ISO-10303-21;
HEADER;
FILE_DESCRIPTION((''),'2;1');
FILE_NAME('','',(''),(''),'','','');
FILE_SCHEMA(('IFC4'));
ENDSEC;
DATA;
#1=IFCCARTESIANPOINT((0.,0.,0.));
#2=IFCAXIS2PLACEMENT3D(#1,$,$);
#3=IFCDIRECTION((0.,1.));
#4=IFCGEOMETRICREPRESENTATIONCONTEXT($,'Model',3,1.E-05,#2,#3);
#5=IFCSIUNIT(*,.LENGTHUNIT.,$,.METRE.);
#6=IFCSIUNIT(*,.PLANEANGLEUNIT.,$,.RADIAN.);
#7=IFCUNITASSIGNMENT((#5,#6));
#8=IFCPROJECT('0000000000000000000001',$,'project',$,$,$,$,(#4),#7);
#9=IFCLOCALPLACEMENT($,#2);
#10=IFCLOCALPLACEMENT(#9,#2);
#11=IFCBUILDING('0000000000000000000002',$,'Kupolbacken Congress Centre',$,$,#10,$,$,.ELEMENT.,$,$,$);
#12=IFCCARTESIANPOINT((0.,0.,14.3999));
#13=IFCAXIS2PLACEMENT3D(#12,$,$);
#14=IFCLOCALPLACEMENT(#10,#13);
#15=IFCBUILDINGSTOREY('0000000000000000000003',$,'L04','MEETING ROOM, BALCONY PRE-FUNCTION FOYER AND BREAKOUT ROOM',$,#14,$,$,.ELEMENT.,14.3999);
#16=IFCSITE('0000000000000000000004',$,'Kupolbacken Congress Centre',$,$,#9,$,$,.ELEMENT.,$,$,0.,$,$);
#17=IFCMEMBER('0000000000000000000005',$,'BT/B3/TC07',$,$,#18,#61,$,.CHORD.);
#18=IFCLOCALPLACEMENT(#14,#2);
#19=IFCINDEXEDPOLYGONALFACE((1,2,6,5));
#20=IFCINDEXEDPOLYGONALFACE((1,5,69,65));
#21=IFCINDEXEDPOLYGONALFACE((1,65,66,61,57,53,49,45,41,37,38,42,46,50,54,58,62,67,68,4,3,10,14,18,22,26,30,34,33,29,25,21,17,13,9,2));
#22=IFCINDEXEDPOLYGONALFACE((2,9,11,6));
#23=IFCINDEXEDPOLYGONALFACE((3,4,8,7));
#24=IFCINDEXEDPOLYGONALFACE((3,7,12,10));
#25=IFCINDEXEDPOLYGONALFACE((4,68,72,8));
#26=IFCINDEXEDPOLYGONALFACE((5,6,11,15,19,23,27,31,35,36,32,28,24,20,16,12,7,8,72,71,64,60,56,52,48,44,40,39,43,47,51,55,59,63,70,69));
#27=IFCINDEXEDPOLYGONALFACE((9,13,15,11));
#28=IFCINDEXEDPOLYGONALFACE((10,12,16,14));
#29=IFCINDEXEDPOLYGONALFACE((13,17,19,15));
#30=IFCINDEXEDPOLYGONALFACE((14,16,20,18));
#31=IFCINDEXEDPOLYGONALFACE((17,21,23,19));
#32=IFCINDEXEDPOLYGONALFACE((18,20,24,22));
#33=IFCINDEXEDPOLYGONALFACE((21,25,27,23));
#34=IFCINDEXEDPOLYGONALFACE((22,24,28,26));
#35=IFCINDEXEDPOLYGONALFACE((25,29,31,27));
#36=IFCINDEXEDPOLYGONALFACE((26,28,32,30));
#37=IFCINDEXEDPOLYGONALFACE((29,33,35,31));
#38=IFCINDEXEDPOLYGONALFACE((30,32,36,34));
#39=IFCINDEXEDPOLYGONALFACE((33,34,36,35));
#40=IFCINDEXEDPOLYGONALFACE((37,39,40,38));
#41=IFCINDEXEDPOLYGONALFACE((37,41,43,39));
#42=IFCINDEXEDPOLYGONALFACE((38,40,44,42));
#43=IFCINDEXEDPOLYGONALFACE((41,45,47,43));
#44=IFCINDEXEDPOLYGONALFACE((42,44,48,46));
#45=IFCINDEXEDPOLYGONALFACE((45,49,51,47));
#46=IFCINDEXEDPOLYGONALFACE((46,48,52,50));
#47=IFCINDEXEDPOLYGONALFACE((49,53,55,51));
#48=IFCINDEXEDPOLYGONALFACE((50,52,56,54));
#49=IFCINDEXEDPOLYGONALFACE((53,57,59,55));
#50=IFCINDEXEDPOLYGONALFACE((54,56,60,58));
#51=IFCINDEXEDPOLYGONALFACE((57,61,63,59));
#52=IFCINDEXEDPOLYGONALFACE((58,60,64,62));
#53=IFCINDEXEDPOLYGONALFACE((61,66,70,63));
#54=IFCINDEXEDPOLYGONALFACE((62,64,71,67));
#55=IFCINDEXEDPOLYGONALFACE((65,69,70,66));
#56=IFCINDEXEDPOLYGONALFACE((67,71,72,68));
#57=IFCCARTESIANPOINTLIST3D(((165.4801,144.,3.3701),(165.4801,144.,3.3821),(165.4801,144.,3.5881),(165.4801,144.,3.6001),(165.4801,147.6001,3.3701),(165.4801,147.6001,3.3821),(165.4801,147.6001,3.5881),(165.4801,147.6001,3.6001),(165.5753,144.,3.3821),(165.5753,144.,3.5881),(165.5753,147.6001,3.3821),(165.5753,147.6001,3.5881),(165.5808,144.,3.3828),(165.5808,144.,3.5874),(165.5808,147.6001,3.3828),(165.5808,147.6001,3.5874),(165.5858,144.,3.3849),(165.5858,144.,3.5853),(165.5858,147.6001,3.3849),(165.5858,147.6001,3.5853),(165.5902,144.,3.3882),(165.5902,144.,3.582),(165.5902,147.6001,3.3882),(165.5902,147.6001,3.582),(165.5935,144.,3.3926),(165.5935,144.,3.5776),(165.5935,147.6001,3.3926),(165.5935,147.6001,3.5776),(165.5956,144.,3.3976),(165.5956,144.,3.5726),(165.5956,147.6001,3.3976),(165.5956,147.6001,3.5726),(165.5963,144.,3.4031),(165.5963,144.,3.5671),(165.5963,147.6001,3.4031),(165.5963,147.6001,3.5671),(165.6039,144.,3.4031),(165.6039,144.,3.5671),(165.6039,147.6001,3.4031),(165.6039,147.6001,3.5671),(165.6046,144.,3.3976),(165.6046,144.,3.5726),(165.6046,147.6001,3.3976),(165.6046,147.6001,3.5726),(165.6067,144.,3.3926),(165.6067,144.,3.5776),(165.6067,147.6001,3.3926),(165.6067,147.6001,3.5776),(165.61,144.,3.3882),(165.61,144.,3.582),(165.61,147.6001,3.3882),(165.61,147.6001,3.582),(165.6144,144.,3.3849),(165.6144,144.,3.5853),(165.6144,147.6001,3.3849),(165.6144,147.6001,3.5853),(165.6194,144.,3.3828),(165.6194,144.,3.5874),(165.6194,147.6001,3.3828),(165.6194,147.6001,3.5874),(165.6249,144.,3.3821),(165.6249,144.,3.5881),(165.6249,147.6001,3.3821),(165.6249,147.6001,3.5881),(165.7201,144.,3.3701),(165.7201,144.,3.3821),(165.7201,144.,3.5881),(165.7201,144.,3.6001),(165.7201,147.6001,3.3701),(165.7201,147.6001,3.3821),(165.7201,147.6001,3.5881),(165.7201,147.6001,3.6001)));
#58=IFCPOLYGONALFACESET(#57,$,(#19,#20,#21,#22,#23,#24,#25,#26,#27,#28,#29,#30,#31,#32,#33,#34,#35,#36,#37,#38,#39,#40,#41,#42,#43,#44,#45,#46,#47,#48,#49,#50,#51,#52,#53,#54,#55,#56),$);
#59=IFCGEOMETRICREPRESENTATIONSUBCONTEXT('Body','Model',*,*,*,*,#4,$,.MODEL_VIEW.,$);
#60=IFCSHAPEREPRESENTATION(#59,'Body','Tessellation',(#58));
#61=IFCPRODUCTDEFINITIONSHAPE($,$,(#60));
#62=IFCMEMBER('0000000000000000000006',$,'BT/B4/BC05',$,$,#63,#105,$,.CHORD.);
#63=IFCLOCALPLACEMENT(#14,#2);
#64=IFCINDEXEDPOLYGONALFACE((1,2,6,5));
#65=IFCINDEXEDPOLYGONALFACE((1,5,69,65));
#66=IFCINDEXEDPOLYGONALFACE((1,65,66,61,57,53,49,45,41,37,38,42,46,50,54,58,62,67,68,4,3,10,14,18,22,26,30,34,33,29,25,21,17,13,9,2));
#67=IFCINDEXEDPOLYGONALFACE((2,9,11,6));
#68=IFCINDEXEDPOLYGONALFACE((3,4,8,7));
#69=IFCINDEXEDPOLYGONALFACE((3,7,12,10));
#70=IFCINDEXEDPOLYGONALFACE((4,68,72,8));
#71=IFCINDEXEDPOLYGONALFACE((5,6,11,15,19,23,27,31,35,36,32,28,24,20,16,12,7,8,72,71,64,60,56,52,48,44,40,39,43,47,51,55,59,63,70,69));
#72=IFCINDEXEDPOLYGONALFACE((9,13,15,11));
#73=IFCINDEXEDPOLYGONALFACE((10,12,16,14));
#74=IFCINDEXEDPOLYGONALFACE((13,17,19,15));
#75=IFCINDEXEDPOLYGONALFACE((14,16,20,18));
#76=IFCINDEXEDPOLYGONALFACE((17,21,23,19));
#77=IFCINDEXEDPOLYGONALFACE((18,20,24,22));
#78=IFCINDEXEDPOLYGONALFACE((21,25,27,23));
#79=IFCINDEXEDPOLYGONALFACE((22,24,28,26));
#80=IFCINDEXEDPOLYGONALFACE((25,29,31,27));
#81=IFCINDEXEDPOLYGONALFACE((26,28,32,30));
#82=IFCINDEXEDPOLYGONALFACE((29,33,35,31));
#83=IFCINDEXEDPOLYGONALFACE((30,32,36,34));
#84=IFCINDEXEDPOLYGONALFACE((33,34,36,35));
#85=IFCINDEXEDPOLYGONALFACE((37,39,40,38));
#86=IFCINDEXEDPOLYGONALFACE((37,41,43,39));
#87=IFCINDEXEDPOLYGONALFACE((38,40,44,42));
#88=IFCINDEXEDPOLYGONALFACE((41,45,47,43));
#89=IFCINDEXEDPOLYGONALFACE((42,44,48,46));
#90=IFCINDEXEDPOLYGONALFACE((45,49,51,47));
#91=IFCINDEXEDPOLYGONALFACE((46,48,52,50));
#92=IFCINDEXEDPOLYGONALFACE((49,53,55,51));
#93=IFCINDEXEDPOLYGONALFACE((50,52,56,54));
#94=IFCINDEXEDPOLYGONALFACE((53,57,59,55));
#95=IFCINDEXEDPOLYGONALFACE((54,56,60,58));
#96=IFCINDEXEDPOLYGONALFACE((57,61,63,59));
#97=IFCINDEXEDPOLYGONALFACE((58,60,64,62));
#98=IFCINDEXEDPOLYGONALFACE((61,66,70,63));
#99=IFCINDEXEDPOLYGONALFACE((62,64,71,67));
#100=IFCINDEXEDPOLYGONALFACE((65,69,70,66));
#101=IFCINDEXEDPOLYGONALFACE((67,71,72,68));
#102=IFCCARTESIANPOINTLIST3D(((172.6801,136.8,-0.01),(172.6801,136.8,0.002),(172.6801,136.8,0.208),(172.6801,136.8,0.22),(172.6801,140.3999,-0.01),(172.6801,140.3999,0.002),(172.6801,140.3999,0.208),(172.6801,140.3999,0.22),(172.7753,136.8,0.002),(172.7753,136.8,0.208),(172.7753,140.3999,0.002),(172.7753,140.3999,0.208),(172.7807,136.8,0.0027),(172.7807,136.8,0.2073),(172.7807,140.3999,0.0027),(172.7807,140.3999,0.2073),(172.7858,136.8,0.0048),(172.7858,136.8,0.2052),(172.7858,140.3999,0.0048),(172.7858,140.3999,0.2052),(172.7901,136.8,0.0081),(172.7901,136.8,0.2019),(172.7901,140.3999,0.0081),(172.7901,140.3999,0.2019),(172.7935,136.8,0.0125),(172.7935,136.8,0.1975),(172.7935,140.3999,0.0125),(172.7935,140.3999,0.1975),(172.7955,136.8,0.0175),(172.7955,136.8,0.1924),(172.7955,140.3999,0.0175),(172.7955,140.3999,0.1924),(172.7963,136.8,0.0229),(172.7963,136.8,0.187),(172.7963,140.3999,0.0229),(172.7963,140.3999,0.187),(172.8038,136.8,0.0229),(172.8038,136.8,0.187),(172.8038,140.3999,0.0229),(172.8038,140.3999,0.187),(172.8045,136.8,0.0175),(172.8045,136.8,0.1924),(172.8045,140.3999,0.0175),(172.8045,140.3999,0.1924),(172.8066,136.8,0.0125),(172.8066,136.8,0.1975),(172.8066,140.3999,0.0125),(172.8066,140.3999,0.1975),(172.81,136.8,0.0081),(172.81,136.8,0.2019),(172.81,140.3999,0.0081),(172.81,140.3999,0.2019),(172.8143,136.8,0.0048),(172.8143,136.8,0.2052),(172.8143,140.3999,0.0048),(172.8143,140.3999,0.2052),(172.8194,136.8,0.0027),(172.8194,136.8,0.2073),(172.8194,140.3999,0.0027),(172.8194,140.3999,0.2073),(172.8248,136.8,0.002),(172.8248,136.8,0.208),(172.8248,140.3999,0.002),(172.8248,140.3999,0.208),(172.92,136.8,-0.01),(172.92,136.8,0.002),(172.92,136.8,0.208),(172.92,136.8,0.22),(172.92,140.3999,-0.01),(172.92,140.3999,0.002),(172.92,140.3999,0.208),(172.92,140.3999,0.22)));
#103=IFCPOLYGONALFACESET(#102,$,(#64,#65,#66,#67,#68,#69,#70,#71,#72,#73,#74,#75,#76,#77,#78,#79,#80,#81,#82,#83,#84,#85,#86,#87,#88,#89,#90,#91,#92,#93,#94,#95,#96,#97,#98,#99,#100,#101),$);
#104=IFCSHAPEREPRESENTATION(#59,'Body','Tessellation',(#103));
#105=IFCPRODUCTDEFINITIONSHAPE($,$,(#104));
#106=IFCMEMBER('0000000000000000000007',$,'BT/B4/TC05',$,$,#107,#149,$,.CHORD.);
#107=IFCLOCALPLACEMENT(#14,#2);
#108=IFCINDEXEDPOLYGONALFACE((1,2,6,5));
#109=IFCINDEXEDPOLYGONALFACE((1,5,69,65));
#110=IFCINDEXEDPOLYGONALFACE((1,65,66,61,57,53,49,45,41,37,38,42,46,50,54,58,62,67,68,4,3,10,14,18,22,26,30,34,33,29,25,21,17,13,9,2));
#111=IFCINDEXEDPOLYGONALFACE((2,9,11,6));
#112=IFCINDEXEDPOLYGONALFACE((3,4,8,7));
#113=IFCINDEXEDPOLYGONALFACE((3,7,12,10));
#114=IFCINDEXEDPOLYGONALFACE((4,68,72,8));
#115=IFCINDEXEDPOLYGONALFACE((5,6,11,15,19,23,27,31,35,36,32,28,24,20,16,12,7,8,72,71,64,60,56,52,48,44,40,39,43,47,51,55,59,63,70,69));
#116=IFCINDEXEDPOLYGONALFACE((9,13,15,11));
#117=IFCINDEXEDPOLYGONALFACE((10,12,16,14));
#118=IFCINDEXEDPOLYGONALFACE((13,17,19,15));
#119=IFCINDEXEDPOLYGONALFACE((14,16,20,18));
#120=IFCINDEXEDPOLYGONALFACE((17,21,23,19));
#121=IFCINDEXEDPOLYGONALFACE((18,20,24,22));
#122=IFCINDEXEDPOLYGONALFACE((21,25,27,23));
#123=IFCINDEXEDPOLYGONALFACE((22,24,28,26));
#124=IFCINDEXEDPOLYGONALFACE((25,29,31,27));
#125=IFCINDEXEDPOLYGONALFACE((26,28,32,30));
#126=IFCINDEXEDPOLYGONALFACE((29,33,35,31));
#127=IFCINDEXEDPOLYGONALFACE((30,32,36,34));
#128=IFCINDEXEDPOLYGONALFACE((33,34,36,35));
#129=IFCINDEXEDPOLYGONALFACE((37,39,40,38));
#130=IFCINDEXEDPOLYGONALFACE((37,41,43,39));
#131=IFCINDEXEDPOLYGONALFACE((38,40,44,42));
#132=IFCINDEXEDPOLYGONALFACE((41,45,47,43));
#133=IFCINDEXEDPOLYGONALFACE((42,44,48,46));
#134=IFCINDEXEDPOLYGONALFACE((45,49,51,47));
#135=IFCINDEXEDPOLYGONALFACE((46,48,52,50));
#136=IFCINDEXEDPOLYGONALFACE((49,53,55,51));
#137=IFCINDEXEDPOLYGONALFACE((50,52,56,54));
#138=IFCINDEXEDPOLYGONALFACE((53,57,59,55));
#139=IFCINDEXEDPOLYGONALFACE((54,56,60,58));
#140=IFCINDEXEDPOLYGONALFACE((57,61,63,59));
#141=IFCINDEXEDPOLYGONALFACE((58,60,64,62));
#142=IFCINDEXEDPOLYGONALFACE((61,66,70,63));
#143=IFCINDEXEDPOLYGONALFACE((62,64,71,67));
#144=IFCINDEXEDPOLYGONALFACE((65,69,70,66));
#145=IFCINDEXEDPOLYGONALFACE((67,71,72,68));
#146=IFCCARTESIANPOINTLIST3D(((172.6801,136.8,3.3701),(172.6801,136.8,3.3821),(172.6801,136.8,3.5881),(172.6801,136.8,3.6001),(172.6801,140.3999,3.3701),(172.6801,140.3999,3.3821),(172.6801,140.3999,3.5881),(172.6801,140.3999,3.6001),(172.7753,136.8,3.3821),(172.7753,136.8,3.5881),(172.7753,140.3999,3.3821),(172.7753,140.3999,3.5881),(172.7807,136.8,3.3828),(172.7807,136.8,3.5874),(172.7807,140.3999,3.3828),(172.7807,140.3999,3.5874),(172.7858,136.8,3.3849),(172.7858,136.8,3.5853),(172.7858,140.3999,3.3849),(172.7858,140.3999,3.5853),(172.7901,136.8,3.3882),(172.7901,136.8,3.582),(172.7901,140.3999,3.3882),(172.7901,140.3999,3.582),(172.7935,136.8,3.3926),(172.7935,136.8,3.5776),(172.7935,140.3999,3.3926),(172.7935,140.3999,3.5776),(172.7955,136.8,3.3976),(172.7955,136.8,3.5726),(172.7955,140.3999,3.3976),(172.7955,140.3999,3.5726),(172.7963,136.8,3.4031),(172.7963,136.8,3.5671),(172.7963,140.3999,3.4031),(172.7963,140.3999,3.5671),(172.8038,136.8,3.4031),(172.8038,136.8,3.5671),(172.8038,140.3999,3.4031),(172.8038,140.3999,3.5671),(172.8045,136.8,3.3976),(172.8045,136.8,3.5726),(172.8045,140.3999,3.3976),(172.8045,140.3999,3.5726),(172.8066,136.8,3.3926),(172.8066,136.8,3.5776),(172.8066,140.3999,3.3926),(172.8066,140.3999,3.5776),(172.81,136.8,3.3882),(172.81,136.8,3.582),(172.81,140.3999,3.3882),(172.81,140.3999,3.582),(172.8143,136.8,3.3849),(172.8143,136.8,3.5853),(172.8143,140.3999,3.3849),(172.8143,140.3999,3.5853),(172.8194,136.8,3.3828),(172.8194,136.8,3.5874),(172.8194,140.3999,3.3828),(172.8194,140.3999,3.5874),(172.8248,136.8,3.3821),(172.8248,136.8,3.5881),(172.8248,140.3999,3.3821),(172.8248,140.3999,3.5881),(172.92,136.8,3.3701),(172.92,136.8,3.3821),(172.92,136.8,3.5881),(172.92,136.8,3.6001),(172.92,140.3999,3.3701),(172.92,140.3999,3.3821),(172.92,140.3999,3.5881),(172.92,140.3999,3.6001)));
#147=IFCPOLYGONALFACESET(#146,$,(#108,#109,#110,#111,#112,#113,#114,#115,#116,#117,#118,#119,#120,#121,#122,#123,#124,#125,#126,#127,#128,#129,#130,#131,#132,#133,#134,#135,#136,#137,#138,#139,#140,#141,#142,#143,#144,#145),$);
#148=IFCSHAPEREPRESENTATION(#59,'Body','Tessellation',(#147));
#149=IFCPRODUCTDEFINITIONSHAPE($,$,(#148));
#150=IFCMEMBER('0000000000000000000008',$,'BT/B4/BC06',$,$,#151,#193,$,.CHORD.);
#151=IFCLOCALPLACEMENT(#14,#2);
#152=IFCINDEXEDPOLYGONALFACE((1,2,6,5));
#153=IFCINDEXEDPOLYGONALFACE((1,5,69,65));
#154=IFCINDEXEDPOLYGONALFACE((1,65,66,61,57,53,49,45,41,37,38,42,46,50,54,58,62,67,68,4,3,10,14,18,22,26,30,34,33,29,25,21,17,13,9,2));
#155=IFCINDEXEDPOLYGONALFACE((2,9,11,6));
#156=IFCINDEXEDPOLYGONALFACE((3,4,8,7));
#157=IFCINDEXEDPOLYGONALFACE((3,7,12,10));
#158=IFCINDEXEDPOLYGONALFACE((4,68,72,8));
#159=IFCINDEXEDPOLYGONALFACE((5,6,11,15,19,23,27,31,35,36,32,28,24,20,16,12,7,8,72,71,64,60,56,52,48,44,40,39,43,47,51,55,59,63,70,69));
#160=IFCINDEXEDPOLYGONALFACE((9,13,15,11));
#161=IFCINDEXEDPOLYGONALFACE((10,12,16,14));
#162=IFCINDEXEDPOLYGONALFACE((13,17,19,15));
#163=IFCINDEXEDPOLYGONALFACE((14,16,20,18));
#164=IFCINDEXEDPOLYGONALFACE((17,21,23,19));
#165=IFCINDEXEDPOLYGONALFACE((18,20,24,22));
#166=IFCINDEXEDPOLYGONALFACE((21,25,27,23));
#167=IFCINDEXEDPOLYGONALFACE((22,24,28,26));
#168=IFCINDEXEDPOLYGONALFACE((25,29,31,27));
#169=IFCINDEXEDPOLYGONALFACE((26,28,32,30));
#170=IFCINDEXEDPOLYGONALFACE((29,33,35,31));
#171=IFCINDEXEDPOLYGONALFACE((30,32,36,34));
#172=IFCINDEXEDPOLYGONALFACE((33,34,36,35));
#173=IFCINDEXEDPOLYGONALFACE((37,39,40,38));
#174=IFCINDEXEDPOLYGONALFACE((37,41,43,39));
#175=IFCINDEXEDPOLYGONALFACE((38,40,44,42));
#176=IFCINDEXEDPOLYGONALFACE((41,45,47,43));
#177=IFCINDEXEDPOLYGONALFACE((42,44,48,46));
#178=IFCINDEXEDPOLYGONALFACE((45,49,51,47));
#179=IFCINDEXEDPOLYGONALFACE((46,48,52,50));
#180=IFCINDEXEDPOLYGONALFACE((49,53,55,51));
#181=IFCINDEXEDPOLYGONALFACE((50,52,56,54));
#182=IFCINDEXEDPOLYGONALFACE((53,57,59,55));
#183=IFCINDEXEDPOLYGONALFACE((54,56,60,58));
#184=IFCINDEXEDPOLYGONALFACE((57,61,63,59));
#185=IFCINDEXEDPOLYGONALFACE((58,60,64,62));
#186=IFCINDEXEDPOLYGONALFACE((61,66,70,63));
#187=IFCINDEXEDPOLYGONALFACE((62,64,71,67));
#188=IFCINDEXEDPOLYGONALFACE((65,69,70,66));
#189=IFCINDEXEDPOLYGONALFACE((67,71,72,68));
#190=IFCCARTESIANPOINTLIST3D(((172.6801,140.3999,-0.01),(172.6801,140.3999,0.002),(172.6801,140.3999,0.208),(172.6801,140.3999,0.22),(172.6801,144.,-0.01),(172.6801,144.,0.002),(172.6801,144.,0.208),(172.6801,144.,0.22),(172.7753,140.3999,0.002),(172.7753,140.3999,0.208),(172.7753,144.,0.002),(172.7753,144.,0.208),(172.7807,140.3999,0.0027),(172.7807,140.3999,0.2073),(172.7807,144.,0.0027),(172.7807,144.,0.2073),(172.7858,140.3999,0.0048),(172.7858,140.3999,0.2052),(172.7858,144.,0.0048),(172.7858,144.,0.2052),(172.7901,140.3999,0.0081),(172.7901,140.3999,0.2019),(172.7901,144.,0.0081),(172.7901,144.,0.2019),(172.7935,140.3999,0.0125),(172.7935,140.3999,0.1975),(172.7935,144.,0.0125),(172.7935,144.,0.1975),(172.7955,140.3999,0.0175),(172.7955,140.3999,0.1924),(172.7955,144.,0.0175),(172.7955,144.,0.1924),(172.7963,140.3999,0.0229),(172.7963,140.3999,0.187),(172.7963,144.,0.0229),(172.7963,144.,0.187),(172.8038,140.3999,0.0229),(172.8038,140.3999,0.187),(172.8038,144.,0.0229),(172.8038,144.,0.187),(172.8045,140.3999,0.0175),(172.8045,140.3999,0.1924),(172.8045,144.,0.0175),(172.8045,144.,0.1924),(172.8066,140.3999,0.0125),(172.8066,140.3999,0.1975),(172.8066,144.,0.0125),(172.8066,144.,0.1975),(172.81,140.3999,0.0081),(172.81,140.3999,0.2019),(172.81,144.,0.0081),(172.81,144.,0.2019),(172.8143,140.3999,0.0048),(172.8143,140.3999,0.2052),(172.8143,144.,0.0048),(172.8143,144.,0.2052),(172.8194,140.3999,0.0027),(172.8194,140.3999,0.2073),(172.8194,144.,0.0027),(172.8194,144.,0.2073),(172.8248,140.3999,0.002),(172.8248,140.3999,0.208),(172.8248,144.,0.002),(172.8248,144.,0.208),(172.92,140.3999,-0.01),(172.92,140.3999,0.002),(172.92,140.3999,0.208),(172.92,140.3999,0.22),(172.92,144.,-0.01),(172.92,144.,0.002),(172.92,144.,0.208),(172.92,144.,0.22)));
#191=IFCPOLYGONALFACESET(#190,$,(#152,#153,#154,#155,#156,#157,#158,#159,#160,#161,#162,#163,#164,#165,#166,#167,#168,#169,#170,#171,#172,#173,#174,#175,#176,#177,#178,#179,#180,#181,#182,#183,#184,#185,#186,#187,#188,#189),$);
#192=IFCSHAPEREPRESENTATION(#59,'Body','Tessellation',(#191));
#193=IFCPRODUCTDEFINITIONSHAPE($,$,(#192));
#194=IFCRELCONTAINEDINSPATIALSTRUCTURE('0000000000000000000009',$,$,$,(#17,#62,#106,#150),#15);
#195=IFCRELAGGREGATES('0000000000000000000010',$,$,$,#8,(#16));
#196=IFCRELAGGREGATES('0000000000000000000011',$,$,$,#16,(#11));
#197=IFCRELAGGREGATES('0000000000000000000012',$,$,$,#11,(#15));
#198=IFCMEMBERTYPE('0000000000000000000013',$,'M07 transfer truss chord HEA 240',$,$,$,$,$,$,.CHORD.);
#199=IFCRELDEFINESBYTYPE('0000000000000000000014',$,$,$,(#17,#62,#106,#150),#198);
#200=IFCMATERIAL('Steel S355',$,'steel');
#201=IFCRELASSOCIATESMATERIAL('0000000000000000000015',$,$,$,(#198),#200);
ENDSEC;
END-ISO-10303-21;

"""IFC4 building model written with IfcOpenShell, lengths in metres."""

from ifc_helpers import new_model, si_unit, direction, frame, origin, origin_2d, place, context, subcontext, project, spatial, i_section, extrude, material, material_profile, profile_set, type_object, element, save


model = new_model("IFC4")

# Units and contexts
model_context = context("Model", 3, precision=1e-05, world=origin(), true_north=direction((0.0, 1.0)))
body_context = subcontext(model_context, "Body", "Model", "MODEL_VIEW")
ifc_project = project(units=[si_unit("LENGTHUNIT", "METRE"), si_unit("PLANEANGLEUNIT", "RADIAN")], contexts=[model_context])

# Site, building, storey
site_placement = place(None, origin())
site = spatial("IfcSite", under=ifc_project, at=site_placement, Name="Kupolbacken Congress Centre", CompositionType="ELEMENT", RefElevation=0.0)
building_placement = place(site_placement, origin())
building = spatial("IfcBuilding", under=site, at=building_placement, Name="Kupolbacken Congress Centre", CompositionType="ELEMENT")
storey_placement = place(building_placement, frame((0.0, 0.0, 14.3999)))
storey = spatial("IfcBuildingStorey", under=building, at=storey_placement, Name="L04", Description="MEETING ROOM, BALCONY PRE-FUNCTION FOYER AND BREAKOUT ROOM", CompositionType="ELEMENT", Elevation=14.3999)

# Members
ifc_material_1 = material(Name="Steel S355", Category="steel")
ifc_material_profile_1 = material_profile(ifc_material_1, i_section(OverallWidth=0.24, OverallDepth=0.23, WebThickness=0.0076, FlangeThickness=0.012, FilletRadius=0.021, at=origin_2d()), Name="HEA 240")
ifc_profile_set_1 = profile_set([ifc_material_profile_1], Name="Steel S355")
member_type_1 = type_object("IfcMemberType", Name="M07 transfer truss chord HEA 240", PredefinedType="CHORD", material=ifc_profile_set_1)
for number, where, z_axis, x_axis, name in (
    (1, (165.6001, 144.0, 3.4851), (0.0, 1.0, 0.0), (-1.0, 0.0, 0.0), "BT/B3/TC07"),
):
    element("IfcMember", number, at=place(storey_placement, frame(where, z_axis=z_axis, x_axis=x_axis)), inside=storey, type_object=member_type_1, Name=name, PredefinedType="CHORD", context=body_context, shape_type="SweptSolid", body=[
        extrude(i_section(OverallWidth=0.24, OverallDepth=0.23, WebThickness=0.0076, FlangeThickness=0.012, FilletRadius=0.021, at=origin_2d()), origin(), (0.0, 0.0, 1.0), 3.6001),
    ])
for number, where, z_axis, x_axis, name in (
    (2, (172.8, 136.8, 0.105), (0.0, 1.0, 0.0), (-1.0, 0.0, 0.0), "BT/B4/BC05"),
    (3, (172.8, 136.8, 3.4851), (0.0, 1.0, 0.0), (-1.0, 0.0, 0.0), "BT/B4/TC05"),
):
    element("IfcMember", number, at=place(storey_placement, frame(where, z_axis=z_axis, x_axis=x_axis)), inside=storey, type_object=member_type_1, Name=name, PredefinedType="CHORD", context=body_context, shape_type="SweptSolid", body=[
        extrude(i_section(OverallWidth=0.24, OverallDepth=0.23, WebThickness=0.0076, FlangeThickness=0.012, FilletRadius=0.021, at=origin_2d()), origin(), (0.0, 0.0, 1.0), 3.5999),
    ])
for number, where, z_axis, x_axis, name in (
    (4, (172.8, 140.3999, 0.105), (0.0, 1.0, 0.0), (-1.0, 0.0, 0.0), "BT/B4/BC06"),
):
    element("IfcMember", number, at=place(storey_placement, frame(where, z_axis=z_axis, x_axis=x_axis)), inside=storey, type_object=member_type_1, Name=name, PredefinedType="CHORD", context=body_context, shape_type="SweptSolid", body=[
        extrude(i_section(OverallWidth=0.24, OverallDepth=0.23, WebThickness=0.0076, FlangeThickness=0.012, FilletRadius=0.021, at=origin_2d()), origin(), (0.0, 0.0, 1.0), 3.6001),
    ])

save(model, "model.ifc")
